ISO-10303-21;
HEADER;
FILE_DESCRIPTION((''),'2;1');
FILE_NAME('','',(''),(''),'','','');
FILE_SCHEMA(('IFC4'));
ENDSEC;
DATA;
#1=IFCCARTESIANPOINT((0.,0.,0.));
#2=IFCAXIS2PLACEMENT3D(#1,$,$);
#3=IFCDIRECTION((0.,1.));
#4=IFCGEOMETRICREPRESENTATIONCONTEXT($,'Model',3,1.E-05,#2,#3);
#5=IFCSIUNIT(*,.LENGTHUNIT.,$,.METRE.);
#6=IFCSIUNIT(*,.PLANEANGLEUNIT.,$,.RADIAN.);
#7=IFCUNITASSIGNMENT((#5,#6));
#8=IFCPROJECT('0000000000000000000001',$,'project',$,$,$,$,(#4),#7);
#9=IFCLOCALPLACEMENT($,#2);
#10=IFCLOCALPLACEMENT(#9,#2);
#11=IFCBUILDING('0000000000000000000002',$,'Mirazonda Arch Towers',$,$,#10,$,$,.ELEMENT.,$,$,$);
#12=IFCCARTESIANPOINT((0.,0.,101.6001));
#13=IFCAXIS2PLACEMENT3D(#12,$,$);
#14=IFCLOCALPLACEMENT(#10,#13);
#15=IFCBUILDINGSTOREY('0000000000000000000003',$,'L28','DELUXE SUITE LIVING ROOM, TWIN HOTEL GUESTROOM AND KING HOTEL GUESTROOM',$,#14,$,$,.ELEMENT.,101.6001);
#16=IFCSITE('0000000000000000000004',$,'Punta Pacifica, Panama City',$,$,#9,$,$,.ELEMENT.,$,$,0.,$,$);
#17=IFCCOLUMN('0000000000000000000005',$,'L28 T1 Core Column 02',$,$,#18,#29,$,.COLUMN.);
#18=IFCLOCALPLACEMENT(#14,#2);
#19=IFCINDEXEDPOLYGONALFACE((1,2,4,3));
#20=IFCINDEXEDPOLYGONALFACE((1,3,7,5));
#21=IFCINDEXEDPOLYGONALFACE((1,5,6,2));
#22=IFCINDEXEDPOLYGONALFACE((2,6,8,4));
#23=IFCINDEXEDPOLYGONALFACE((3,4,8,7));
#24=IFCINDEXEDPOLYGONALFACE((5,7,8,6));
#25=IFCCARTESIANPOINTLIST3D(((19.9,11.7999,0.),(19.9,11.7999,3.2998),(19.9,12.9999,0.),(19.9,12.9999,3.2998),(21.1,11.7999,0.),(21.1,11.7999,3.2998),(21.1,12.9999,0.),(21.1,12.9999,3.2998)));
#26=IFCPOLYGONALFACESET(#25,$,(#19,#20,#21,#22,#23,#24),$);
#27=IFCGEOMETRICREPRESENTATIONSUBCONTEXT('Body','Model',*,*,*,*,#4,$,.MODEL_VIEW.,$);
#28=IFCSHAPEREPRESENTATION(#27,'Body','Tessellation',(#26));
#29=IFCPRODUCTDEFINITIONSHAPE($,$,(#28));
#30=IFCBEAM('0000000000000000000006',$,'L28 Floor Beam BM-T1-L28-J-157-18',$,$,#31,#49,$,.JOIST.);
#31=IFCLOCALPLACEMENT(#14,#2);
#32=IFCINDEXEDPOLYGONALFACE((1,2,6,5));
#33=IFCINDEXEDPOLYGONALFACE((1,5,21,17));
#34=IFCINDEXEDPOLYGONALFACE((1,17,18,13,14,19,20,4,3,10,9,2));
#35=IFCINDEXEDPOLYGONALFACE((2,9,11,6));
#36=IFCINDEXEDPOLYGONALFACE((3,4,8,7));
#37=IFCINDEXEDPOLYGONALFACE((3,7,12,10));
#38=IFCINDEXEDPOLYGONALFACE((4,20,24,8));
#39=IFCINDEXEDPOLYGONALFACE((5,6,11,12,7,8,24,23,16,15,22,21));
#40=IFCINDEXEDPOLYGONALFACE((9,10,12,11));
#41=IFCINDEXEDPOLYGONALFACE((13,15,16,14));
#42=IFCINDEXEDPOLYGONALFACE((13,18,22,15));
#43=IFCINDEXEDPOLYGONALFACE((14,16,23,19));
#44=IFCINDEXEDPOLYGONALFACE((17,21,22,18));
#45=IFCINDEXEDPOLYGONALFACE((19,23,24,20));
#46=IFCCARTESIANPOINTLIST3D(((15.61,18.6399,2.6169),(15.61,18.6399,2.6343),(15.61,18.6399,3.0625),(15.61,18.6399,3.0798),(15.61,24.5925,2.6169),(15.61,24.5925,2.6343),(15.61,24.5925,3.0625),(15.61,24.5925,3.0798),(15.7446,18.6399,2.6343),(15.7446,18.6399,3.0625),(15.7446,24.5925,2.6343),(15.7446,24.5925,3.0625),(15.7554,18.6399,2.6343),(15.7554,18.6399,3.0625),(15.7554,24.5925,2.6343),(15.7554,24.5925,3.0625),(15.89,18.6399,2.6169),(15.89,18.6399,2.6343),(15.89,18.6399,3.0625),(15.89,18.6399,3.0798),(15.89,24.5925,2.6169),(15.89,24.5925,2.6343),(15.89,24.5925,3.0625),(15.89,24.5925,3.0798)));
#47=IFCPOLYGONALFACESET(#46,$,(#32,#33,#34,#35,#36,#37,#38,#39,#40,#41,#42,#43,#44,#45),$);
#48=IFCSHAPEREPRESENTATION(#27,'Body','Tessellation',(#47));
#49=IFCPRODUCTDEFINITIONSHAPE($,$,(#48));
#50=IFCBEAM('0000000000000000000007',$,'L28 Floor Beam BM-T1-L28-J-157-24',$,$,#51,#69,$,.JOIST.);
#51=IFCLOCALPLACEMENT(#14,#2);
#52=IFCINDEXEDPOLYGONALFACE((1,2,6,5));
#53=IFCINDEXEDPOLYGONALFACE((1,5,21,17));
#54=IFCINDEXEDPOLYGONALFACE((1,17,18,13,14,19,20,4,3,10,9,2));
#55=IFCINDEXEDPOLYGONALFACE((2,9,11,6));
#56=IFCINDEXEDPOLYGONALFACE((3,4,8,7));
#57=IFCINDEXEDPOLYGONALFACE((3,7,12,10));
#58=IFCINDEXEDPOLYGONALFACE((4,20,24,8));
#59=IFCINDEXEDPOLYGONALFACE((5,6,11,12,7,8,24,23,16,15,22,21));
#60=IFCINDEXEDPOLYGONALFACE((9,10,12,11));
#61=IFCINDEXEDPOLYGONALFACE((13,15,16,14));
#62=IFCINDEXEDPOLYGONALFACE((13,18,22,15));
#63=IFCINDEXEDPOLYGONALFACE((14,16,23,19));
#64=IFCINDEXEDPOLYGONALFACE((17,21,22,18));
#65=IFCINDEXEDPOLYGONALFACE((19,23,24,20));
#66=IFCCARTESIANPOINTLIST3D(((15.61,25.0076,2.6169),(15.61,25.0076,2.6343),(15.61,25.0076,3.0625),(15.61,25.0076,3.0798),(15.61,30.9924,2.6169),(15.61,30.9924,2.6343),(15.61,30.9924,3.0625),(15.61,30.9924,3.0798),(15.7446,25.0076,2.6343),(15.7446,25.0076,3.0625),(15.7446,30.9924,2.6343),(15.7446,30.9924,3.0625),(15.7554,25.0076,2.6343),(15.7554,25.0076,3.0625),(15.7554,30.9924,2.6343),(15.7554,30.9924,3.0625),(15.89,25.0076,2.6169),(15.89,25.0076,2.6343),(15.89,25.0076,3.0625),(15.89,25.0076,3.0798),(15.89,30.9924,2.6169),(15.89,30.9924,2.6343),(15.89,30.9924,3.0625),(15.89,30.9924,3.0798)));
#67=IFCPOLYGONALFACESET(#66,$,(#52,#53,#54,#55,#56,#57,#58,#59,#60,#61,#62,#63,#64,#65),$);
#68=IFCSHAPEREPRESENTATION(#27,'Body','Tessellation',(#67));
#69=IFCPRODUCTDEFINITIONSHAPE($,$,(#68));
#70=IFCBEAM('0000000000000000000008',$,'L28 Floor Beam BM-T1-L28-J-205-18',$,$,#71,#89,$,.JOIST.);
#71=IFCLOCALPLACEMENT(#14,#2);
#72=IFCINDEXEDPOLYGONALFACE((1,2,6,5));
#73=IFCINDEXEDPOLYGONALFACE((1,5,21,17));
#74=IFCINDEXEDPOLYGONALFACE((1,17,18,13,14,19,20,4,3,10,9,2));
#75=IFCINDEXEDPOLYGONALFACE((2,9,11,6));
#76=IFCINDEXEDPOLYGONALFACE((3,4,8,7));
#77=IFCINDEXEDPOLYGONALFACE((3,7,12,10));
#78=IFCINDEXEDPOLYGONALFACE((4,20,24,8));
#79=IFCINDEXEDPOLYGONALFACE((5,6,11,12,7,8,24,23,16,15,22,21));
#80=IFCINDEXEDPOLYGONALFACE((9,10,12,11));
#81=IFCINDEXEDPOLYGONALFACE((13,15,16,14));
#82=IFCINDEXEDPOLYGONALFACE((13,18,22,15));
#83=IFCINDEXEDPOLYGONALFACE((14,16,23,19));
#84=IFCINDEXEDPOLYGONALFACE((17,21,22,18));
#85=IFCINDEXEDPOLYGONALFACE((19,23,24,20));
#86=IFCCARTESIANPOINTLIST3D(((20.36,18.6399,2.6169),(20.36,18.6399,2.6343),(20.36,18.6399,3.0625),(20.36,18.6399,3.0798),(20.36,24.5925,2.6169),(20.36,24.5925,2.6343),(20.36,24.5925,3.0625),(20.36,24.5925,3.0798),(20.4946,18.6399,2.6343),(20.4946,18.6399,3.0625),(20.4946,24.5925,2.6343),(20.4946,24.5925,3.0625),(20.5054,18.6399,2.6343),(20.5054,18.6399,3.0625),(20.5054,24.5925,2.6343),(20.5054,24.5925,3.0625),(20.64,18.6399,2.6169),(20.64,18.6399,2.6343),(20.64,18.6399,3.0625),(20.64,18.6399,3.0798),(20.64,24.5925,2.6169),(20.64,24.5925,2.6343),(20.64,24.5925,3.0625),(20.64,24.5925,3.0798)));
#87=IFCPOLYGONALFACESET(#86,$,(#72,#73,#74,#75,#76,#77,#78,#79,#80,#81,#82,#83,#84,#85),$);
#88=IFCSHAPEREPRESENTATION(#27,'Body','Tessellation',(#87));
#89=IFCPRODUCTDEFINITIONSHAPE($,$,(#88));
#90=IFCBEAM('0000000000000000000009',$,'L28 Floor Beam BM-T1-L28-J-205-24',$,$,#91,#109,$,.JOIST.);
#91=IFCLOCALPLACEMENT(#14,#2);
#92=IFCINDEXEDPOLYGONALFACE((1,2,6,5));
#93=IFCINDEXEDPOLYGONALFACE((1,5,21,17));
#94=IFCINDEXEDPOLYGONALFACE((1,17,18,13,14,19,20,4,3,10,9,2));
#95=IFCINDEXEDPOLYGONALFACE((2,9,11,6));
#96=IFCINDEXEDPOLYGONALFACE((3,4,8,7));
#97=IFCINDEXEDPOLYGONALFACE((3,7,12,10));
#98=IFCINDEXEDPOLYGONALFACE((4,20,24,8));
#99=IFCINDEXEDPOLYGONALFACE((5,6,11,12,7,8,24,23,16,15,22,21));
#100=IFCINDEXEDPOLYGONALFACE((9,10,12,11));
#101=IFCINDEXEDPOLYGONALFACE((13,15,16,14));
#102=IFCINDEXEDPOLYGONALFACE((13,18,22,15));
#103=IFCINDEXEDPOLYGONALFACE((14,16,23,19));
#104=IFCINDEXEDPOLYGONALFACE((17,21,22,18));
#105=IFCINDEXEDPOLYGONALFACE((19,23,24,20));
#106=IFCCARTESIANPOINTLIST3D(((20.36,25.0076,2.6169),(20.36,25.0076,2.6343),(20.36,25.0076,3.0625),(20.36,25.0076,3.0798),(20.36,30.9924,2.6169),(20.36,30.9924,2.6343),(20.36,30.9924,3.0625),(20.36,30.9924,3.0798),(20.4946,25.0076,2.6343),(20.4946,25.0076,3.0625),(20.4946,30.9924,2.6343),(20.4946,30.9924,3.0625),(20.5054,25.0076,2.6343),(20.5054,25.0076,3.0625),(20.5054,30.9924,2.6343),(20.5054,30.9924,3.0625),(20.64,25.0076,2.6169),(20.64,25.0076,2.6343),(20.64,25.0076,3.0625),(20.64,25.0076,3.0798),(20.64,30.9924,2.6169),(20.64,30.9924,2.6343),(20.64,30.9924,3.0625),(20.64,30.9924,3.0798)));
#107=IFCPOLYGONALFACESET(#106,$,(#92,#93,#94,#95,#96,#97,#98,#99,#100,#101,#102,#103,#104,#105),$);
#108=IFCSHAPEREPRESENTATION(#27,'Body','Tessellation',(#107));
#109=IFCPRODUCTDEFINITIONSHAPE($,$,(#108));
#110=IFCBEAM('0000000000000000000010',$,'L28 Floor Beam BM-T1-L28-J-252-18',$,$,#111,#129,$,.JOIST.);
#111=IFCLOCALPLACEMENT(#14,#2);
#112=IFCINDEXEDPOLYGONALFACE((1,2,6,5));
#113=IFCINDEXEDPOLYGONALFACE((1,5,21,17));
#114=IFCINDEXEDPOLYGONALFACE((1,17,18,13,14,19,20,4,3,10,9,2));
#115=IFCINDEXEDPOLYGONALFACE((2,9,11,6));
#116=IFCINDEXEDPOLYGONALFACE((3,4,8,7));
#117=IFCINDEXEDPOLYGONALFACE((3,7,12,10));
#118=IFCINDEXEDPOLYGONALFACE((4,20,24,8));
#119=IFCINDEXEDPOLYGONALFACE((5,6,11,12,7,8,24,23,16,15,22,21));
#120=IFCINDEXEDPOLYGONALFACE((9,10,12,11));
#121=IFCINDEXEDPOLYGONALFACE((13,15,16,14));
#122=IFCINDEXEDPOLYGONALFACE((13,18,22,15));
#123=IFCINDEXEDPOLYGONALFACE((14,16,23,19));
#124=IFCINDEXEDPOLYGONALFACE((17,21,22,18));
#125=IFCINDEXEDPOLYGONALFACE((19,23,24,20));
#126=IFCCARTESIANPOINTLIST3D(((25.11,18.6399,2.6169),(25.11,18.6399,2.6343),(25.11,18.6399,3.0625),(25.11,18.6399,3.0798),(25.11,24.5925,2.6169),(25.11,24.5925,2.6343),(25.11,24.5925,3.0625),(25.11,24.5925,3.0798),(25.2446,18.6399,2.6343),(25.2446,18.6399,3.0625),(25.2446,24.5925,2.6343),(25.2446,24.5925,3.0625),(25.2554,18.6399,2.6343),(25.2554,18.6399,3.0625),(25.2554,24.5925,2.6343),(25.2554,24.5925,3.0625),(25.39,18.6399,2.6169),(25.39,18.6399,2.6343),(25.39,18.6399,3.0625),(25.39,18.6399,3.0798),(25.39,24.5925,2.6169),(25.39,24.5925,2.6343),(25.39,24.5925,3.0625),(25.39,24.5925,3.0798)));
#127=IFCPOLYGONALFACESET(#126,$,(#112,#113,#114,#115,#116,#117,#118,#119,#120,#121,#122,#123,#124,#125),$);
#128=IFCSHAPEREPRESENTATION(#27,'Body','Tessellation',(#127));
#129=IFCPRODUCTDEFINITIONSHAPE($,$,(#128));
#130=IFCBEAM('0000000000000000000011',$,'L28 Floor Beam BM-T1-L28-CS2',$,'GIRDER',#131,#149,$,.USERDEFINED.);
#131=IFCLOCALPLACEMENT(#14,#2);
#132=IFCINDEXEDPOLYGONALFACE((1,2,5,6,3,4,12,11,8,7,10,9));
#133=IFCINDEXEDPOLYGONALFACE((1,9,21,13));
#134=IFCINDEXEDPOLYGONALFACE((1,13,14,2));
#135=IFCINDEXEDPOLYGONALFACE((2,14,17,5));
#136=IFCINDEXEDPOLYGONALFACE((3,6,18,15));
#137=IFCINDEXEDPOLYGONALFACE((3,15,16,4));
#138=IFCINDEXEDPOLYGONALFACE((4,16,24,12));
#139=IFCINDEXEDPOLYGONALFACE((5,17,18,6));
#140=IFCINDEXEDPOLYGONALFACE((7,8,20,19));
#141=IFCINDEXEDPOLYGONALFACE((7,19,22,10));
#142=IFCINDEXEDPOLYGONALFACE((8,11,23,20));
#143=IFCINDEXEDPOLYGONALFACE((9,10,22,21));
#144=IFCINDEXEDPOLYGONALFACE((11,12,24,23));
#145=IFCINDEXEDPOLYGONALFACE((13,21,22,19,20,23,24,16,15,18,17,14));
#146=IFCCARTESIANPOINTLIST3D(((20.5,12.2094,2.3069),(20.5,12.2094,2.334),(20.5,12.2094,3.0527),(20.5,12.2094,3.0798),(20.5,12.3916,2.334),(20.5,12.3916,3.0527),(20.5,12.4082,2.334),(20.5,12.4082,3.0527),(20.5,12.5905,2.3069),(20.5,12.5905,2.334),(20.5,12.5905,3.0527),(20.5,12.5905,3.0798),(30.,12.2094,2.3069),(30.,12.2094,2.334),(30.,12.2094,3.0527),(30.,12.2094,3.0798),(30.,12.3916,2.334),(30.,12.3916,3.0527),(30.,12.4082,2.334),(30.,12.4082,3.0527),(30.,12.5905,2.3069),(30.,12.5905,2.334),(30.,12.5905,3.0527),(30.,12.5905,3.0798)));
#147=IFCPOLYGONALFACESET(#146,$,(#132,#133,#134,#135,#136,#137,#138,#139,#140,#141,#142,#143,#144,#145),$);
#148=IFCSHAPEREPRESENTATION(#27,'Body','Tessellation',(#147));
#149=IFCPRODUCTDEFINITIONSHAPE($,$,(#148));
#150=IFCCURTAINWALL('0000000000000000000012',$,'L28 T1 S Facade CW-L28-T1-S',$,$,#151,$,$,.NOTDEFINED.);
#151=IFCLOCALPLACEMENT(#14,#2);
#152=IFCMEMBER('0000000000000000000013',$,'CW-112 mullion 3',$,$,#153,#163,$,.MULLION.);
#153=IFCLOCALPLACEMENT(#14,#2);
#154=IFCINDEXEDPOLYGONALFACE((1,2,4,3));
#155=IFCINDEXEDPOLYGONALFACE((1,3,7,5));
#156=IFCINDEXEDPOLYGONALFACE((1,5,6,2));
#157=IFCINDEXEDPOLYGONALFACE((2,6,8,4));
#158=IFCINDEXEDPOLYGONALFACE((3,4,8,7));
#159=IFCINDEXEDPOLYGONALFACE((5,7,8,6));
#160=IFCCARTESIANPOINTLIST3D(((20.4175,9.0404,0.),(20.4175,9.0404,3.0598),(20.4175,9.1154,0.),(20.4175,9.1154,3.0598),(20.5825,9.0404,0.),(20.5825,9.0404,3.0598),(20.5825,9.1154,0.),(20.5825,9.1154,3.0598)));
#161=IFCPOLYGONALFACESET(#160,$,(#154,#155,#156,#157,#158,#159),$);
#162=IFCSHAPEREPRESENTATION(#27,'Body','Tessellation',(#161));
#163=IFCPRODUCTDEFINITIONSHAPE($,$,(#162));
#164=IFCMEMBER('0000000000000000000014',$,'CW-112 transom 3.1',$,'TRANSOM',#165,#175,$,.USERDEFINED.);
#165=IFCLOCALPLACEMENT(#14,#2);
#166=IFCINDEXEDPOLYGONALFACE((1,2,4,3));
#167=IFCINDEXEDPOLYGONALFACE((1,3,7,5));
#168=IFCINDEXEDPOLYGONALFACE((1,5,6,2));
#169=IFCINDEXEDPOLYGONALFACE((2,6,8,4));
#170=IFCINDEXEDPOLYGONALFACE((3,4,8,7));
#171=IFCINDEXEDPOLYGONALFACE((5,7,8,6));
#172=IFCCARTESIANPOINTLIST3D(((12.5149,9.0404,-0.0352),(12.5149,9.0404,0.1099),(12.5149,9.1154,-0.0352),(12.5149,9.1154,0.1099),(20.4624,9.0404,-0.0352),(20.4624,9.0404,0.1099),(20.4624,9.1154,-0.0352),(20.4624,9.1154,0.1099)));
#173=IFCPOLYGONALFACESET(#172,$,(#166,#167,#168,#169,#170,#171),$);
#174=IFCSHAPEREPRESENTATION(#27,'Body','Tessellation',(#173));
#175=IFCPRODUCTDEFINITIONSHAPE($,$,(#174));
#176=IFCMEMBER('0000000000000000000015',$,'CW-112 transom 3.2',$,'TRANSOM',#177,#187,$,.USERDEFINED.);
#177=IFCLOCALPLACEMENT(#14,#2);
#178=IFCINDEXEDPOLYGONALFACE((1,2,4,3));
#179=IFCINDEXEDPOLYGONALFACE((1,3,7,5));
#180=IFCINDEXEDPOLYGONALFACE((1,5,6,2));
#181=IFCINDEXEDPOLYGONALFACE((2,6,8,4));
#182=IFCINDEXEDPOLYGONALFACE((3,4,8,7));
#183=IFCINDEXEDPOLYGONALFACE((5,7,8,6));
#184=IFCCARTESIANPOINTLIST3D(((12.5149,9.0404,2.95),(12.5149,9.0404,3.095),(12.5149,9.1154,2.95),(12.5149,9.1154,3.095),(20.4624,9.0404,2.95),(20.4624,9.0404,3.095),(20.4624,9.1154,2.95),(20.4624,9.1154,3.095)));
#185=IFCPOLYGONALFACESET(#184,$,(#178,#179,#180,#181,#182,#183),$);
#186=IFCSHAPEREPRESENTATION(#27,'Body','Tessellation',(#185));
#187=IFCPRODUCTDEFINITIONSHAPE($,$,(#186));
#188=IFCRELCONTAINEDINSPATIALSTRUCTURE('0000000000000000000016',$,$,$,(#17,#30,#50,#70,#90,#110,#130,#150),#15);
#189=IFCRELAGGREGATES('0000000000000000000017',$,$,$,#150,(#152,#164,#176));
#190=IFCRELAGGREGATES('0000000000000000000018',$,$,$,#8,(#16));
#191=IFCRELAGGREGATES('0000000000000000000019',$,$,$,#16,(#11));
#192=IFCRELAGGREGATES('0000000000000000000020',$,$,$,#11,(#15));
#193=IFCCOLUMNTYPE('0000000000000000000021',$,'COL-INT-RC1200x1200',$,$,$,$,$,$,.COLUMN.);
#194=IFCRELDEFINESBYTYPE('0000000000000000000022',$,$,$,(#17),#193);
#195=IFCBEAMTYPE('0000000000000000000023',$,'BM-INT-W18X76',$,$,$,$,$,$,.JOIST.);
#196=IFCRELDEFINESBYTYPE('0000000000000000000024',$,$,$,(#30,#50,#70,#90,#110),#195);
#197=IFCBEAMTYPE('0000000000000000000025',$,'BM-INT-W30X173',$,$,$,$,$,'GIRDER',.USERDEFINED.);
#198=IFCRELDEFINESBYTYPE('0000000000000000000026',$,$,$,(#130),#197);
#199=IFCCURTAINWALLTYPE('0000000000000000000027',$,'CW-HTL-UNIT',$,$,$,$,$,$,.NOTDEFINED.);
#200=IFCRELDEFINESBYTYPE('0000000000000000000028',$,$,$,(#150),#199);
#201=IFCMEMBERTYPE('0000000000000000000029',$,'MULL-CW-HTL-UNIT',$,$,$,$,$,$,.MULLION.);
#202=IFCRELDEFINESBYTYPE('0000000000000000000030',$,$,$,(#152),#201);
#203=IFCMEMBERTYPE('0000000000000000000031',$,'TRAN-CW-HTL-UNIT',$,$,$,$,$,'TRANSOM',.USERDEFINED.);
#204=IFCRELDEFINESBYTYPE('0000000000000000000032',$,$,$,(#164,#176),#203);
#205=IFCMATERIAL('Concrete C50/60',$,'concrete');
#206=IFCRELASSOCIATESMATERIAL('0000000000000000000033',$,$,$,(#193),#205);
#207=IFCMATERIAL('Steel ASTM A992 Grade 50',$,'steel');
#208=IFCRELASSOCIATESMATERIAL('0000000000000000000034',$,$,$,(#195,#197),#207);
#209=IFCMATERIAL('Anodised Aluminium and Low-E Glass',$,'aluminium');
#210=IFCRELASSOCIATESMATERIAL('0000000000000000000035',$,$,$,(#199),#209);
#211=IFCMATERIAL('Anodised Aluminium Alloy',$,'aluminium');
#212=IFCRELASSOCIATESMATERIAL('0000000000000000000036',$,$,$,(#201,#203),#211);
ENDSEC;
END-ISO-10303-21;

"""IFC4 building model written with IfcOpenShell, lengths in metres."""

from ifc_helpers import new_model, si_unit, direction, frame, origin, origin_2d, place, context, subcontext, project, spatial, rectangle, i_section, extrude, material, material_profile, profile_set, type_object, element, aggregate, save


model = new_model("IFC4")

# Units and contexts
model_context = context("Model", 3, precision=1e-05, world=origin(), true_north=direction((0.0, 1.0)))
body_context = subcontext(model_context, "Body", "Model", "MODEL_VIEW")
ifc_project = project(units=[si_unit("LENGTHUNIT", "METRE"), si_unit("PLANEANGLEUNIT", "RADIAN")], contexts=[model_context])

# Site, building, storey
site_placement = place(None, origin())
site = spatial("IfcSite", under=ifc_project, at=site_placement, Name="Punta Pacifica, Panama City", CompositionType="ELEMENT", RefElevation=0.0)
building_placement = place(site_placement, origin())
building = spatial("IfcBuilding", under=site, at=building_placement, Name="Mirazonda Arch Towers", CompositionType="ELEMENT")
storey_placement = place(building_placement, frame((0.0, 0.0, 101.6001)))
storey = spatial("IfcBuildingStorey", under=building, at=storey_placement, Name="L28", Description="DELUXE SUITE LIVING ROOM, TWIN HOTEL GUESTROOM AND KING HOTEL GUESTROOM", CompositionType="ELEMENT", Elevation=101.6001)

# Column
ifc_material_1 = material(Name="Concrete C50/60", Category="concrete")
ifc_material_profile_1 = material_profile(ifc_material_1, rectangle(XDim=1.2, YDim=1.2, at=origin_2d()), Name="RC1200x1200")
ifc_profile_set_1 = profile_set([ifc_material_profile_1], Name="Concrete C50/60")
column_type = type_object("IfcColumnType", Name="COL-INT-RC1200x1200", PredefinedType="COLUMN", material=ifc_profile_set_1)
column_placement = place(storey_placement, frame((20.5, 12.3999, 0.0), z_axis=(0.0, 0.0, 1.0), x_axis=(1.0, 0.0, 0.0)))
element("IfcColumn", 1, at=column_placement, inside=storey, type_object=column_type, Name="L28 T1 Core Column 02", PredefinedType="COLUMN", context=body_context, shape_type="SweptSolid", body=[
    extrude(rectangle(XDim=1.2, YDim=1.2, at=origin_2d()), origin(), (0.0, 0.0, 1.0), 3.2998),
])

# Beams
ifc_material_2 = material(Name="Steel ASTM A992 Grade 50", Category="steel")
ifc_material_profile_2 = material_profile(ifc_material_2, i_section(OverallWidth=0.28, OverallDepth=0.4629, WebThickness=0.0107, FlangeThickness=0.0173, at=origin_2d()), Name="W18X76")
ifc_profile_set_2 = profile_set([ifc_material_profile_2], Name="Steel ASTM A992 Grade 50")
beam_type_1 = type_object("IfcBeamType", Name="BM-INT-W18X76", PredefinedType="JOIST", material=ifc_profile_set_2)
beam_1_placement = place(storey_placement, frame((15.75, 18.6399, 2.8484), z_axis=(0.0, 1.0, 0.0), x_axis=(-1.0, 0.0, 0.0)))
element("IfcBeam", 2, at=beam_1_placement, inside=storey, type_object=beam_type_1, Name="L28 Floor Beam BM-T1-L28-J-157-18", PredefinedType="JOIST", context=body_context, shape_type="SweptSolid", body=[
    extrude(i_section(OverallWidth=0.28, OverallDepth=0.4629, WebThickness=0.0107, FlangeThickness=0.0173, at=origin_2d()), origin(), (0.0, 0.0, 1.0), 5.9526),
])
beam_2_placement = place(storey_placement, frame((15.75, 25.0076, 2.8484), z_axis=(0.0, 1.0, 0.0), x_axis=(-1.0, 0.0, 0.0)))
element("IfcBeam", 3, at=beam_2_placement, inside=storey, type_object=beam_type_1, Name="L28 Floor Beam BM-T1-L28-J-157-24", PredefinedType="JOIST", context=body_context, shape_type="SweptSolid", body=[
    extrude(i_section(OverallWidth=0.28, OverallDepth=0.4629, WebThickness=0.0107, FlangeThickness=0.0173, at=origin_2d()), origin(), (0.0, 0.0, 1.0), 5.9849),
])
beam_3_placement = place(storey_placement, frame((20.5, 18.6399, 2.8484), z_axis=(0.0, 1.0, 0.0), x_axis=(-1.0, 0.0, 0.0)))
element("IfcBeam", 4, at=beam_3_placement, inside=storey, type_object=beam_type_1, Name="L28 Floor Beam BM-T1-L28-J-205-18", PredefinedType="JOIST", context=body_context, shape_type="SweptSolid", body=[
    extrude(i_section(OverallWidth=0.28, OverallDepth=0.4629, WebThickness=0.0107, FlangeThickness=0.0173, at=origin_2d()), origin(), (0.0, 0.0, 1.0), 5.9526),
])
beam_4_placement = place(storey_placement, frame((20.5, 25.0076, 2.8484), z_axis=(0.0, 1.0, 0.0), x_axis=(-1.0, 0.0, 0.0)))
element("IfcBeam", 5, at=beam_4_placement, inside=storey, type_object=beam_type_1, Name="L28 Floor Beam BM-T1-L28-J-205-24", PredefinedType="JOIST", context=body_context, shape_type="SweptSolid", body=[
    extrude(i_section(OverallWidth=0.28, OverallDepth=0.4629, WebThickness=0.0107, FlangeThickness=0.0173, at=origin_2d()), origin(), (0.0, 0.0, 1.0), 5.9849),
])
beam_5_placement = place(storey_placement, frame((25.25, 18.6399, 2.8484), z_axis=(0.0, 1.0, 0.0), x_axis=(-1.0, 0.0, 0.0)))
element("IfcBeam", 6, at=beam_5_placement, inside=storey, type_object=beam_type_1, Name="L28 Floor Beam BM-T1-L28-J-252-18", PredefinedType="JOIST", context=body_context, shape_type="SweptSolid", body=[
    extrude(i_section(OverallWidth=0.28, OverallDepth=0.4629, WebThickness=0.0107, FlangeThickness=0.0173, at=origin_2d()), origin(), (0.0, 0.0, 1.0), 5.9526),
])
ifc_material_profile_3 = material_profile(ifc_material_2, i_section(OverallWidth=0.3811, OverallDepth=0.7729, WebThickness=0.0166, FlangeThickness=0.0271, at=origin_2d()), Name="W30X173")
ifc_profile_set_3 = profile_set([ifc_material_profile_3], Name="Steel ASTM A992 Grade 50")
beam_type_2 = type_object("IfcBeamType", Name="BM-INT-W30X173", ElementType="GIRDER", PredefinedType="USERDEFINED", material=ifc_profile_set_3)
beam_6_placement = place(storey_placement, frame((20.5, 12.3999, 2.6934), z_axis=(1.0, 0.0, 0.0), x_axis=(0.0, 1.0, 0.0)))
element("IfcBeam", 7, at=beam_6_placement, inside=storey, type_object=beam_type_2, Name="L28 Floor Beam BM-T1-L28-CS2", ObjectType="GIRDER", PredefinedType="USERDEFINED", context=body_context, shape_type="SweptSolid", body=[
    extrude(i_section(OverallWidth=0.3811, OverallDepth=0.7729, WebThickness=0.0166, FlangeThickness=0.0271, at=origin_2d()), origin(), (0.0, 0.0, 1.0), 9.5),
])

# Curtain wall, members
ifc_material_3 = material(Name="Anodised Aluminium and Low-E Glass", Category="aluminium")
curtain_wall_type = type_object("IfcCurtainWallType", Name="CW-HTL-UNIT", PredefinedType="NOTDEFINED", material=ifc_material_3)
curtain_wall_placement = place(storey_placement, origin())
curtain_wall = element("IfcCurtainWall", 8, at=curtain_wall_placement, inside=storey, type_object=curtain_wall_type, Name="L28 T1 S Facade CW-L28-T1-S", PredefinedType="NOTDEFINED")
ifc_material_4 = material(Name="Anodised Aluminium Alloy", Category="aluminium")
ifc_material_profile_4 = material_profile(ifc_material_4, rectangle(XDim=0.075, YDim=0.165, at=origin_2d()), Name="ALU-MULL-75x165")
ifc_profile_set_4 = profile_set([ifc_material_profile_4], Name="Anodised Aluminium Alloy")
member_type_1 = type_object("IfcMemberType", Name="MULL-CW-HTL-UNIT", PredefinedType="MULLION", material=ifc_profile_set_4)
member_1_placement = place(storey_placement, frame((20.5, 9.0779, 0.0), z_axis=(0.0, 0.0, 1.0), x_axis=(0.0, -1.0, 0.0)))
member_1 = element("IfcMember", 9, at=member_1_placement, type_object=member_type_1, Name="CW-112 mullion 3", PredefinedType="MULLION", context=body_context, shape_type="SweptSolid", body=[
    extrude(rectangle(XDim=0.075, YDim=0.165, at=origin_2d()), origin(), (0.0, 0.0, 1.0), 3.0598),
])
ifc_material_profile_5 = material_profile(ifc_material_4, rectangle(XDim=0.075, YDim=0.145, at=origin_2d()), Name="ALU-TRAN-75x145")
ifc_profile_set_5 = profile_set([ifc_material_profile_5], Name="Anodised Aluminium Alloy")
member_type_2 = type_object("IfcMemberType", Name="TRAN-CW-HTL-UNIT", ElementType="TRANSOM", PredefinedType="USERDEFINED", material=ifc_profile_set_5)
member_2_placement = place(storey_placement, frame((20.4624, 9.0779, 0.0374), z_axis=(-1.0, 0.0, 0.0), x_axis=(0.0, -1.0, 0.0)))
member_2 = element("IfcMember", 10, at=member_2_placement, type_object=member_type_2, Name="CW-112 transom 3.1", ObjectType="TRANSOM", PredefinedType="USERDEFINED", context=body_context, shape_type="SweptSolid", body=[
    extrude(rectangle(XDim=0.075, YDim=0.145, at=origin_2d()), origin(), (0.0, 0.0, 1.0), 7.9475),
])
member_3_placement = place(storey_placement, frame((20.4624, 9.0779, 3.0225), z_axis=(-1.0, 0.0, 0.0), x_axis=(0.0, -1.0, 0.0)))
member_3 = element("IfcMember", 11, at=member_3_placement, type_object=member_type_2, Name="CW-112 transom 3.2", ObjectType="TRANSOM", PredefinedType="USERDEFINED", context=body_context, shape_type="SweptSolid", body=[
    extrude(rectangle(XDim=0.075, YDim=0.145, at=origin_2d()), origin(), (0.0, 0.0, 1.0), 7.9475),
])
aggregate(curtain_wall, [member_1, member_2, member_3])

save(model, "model.ifc")
